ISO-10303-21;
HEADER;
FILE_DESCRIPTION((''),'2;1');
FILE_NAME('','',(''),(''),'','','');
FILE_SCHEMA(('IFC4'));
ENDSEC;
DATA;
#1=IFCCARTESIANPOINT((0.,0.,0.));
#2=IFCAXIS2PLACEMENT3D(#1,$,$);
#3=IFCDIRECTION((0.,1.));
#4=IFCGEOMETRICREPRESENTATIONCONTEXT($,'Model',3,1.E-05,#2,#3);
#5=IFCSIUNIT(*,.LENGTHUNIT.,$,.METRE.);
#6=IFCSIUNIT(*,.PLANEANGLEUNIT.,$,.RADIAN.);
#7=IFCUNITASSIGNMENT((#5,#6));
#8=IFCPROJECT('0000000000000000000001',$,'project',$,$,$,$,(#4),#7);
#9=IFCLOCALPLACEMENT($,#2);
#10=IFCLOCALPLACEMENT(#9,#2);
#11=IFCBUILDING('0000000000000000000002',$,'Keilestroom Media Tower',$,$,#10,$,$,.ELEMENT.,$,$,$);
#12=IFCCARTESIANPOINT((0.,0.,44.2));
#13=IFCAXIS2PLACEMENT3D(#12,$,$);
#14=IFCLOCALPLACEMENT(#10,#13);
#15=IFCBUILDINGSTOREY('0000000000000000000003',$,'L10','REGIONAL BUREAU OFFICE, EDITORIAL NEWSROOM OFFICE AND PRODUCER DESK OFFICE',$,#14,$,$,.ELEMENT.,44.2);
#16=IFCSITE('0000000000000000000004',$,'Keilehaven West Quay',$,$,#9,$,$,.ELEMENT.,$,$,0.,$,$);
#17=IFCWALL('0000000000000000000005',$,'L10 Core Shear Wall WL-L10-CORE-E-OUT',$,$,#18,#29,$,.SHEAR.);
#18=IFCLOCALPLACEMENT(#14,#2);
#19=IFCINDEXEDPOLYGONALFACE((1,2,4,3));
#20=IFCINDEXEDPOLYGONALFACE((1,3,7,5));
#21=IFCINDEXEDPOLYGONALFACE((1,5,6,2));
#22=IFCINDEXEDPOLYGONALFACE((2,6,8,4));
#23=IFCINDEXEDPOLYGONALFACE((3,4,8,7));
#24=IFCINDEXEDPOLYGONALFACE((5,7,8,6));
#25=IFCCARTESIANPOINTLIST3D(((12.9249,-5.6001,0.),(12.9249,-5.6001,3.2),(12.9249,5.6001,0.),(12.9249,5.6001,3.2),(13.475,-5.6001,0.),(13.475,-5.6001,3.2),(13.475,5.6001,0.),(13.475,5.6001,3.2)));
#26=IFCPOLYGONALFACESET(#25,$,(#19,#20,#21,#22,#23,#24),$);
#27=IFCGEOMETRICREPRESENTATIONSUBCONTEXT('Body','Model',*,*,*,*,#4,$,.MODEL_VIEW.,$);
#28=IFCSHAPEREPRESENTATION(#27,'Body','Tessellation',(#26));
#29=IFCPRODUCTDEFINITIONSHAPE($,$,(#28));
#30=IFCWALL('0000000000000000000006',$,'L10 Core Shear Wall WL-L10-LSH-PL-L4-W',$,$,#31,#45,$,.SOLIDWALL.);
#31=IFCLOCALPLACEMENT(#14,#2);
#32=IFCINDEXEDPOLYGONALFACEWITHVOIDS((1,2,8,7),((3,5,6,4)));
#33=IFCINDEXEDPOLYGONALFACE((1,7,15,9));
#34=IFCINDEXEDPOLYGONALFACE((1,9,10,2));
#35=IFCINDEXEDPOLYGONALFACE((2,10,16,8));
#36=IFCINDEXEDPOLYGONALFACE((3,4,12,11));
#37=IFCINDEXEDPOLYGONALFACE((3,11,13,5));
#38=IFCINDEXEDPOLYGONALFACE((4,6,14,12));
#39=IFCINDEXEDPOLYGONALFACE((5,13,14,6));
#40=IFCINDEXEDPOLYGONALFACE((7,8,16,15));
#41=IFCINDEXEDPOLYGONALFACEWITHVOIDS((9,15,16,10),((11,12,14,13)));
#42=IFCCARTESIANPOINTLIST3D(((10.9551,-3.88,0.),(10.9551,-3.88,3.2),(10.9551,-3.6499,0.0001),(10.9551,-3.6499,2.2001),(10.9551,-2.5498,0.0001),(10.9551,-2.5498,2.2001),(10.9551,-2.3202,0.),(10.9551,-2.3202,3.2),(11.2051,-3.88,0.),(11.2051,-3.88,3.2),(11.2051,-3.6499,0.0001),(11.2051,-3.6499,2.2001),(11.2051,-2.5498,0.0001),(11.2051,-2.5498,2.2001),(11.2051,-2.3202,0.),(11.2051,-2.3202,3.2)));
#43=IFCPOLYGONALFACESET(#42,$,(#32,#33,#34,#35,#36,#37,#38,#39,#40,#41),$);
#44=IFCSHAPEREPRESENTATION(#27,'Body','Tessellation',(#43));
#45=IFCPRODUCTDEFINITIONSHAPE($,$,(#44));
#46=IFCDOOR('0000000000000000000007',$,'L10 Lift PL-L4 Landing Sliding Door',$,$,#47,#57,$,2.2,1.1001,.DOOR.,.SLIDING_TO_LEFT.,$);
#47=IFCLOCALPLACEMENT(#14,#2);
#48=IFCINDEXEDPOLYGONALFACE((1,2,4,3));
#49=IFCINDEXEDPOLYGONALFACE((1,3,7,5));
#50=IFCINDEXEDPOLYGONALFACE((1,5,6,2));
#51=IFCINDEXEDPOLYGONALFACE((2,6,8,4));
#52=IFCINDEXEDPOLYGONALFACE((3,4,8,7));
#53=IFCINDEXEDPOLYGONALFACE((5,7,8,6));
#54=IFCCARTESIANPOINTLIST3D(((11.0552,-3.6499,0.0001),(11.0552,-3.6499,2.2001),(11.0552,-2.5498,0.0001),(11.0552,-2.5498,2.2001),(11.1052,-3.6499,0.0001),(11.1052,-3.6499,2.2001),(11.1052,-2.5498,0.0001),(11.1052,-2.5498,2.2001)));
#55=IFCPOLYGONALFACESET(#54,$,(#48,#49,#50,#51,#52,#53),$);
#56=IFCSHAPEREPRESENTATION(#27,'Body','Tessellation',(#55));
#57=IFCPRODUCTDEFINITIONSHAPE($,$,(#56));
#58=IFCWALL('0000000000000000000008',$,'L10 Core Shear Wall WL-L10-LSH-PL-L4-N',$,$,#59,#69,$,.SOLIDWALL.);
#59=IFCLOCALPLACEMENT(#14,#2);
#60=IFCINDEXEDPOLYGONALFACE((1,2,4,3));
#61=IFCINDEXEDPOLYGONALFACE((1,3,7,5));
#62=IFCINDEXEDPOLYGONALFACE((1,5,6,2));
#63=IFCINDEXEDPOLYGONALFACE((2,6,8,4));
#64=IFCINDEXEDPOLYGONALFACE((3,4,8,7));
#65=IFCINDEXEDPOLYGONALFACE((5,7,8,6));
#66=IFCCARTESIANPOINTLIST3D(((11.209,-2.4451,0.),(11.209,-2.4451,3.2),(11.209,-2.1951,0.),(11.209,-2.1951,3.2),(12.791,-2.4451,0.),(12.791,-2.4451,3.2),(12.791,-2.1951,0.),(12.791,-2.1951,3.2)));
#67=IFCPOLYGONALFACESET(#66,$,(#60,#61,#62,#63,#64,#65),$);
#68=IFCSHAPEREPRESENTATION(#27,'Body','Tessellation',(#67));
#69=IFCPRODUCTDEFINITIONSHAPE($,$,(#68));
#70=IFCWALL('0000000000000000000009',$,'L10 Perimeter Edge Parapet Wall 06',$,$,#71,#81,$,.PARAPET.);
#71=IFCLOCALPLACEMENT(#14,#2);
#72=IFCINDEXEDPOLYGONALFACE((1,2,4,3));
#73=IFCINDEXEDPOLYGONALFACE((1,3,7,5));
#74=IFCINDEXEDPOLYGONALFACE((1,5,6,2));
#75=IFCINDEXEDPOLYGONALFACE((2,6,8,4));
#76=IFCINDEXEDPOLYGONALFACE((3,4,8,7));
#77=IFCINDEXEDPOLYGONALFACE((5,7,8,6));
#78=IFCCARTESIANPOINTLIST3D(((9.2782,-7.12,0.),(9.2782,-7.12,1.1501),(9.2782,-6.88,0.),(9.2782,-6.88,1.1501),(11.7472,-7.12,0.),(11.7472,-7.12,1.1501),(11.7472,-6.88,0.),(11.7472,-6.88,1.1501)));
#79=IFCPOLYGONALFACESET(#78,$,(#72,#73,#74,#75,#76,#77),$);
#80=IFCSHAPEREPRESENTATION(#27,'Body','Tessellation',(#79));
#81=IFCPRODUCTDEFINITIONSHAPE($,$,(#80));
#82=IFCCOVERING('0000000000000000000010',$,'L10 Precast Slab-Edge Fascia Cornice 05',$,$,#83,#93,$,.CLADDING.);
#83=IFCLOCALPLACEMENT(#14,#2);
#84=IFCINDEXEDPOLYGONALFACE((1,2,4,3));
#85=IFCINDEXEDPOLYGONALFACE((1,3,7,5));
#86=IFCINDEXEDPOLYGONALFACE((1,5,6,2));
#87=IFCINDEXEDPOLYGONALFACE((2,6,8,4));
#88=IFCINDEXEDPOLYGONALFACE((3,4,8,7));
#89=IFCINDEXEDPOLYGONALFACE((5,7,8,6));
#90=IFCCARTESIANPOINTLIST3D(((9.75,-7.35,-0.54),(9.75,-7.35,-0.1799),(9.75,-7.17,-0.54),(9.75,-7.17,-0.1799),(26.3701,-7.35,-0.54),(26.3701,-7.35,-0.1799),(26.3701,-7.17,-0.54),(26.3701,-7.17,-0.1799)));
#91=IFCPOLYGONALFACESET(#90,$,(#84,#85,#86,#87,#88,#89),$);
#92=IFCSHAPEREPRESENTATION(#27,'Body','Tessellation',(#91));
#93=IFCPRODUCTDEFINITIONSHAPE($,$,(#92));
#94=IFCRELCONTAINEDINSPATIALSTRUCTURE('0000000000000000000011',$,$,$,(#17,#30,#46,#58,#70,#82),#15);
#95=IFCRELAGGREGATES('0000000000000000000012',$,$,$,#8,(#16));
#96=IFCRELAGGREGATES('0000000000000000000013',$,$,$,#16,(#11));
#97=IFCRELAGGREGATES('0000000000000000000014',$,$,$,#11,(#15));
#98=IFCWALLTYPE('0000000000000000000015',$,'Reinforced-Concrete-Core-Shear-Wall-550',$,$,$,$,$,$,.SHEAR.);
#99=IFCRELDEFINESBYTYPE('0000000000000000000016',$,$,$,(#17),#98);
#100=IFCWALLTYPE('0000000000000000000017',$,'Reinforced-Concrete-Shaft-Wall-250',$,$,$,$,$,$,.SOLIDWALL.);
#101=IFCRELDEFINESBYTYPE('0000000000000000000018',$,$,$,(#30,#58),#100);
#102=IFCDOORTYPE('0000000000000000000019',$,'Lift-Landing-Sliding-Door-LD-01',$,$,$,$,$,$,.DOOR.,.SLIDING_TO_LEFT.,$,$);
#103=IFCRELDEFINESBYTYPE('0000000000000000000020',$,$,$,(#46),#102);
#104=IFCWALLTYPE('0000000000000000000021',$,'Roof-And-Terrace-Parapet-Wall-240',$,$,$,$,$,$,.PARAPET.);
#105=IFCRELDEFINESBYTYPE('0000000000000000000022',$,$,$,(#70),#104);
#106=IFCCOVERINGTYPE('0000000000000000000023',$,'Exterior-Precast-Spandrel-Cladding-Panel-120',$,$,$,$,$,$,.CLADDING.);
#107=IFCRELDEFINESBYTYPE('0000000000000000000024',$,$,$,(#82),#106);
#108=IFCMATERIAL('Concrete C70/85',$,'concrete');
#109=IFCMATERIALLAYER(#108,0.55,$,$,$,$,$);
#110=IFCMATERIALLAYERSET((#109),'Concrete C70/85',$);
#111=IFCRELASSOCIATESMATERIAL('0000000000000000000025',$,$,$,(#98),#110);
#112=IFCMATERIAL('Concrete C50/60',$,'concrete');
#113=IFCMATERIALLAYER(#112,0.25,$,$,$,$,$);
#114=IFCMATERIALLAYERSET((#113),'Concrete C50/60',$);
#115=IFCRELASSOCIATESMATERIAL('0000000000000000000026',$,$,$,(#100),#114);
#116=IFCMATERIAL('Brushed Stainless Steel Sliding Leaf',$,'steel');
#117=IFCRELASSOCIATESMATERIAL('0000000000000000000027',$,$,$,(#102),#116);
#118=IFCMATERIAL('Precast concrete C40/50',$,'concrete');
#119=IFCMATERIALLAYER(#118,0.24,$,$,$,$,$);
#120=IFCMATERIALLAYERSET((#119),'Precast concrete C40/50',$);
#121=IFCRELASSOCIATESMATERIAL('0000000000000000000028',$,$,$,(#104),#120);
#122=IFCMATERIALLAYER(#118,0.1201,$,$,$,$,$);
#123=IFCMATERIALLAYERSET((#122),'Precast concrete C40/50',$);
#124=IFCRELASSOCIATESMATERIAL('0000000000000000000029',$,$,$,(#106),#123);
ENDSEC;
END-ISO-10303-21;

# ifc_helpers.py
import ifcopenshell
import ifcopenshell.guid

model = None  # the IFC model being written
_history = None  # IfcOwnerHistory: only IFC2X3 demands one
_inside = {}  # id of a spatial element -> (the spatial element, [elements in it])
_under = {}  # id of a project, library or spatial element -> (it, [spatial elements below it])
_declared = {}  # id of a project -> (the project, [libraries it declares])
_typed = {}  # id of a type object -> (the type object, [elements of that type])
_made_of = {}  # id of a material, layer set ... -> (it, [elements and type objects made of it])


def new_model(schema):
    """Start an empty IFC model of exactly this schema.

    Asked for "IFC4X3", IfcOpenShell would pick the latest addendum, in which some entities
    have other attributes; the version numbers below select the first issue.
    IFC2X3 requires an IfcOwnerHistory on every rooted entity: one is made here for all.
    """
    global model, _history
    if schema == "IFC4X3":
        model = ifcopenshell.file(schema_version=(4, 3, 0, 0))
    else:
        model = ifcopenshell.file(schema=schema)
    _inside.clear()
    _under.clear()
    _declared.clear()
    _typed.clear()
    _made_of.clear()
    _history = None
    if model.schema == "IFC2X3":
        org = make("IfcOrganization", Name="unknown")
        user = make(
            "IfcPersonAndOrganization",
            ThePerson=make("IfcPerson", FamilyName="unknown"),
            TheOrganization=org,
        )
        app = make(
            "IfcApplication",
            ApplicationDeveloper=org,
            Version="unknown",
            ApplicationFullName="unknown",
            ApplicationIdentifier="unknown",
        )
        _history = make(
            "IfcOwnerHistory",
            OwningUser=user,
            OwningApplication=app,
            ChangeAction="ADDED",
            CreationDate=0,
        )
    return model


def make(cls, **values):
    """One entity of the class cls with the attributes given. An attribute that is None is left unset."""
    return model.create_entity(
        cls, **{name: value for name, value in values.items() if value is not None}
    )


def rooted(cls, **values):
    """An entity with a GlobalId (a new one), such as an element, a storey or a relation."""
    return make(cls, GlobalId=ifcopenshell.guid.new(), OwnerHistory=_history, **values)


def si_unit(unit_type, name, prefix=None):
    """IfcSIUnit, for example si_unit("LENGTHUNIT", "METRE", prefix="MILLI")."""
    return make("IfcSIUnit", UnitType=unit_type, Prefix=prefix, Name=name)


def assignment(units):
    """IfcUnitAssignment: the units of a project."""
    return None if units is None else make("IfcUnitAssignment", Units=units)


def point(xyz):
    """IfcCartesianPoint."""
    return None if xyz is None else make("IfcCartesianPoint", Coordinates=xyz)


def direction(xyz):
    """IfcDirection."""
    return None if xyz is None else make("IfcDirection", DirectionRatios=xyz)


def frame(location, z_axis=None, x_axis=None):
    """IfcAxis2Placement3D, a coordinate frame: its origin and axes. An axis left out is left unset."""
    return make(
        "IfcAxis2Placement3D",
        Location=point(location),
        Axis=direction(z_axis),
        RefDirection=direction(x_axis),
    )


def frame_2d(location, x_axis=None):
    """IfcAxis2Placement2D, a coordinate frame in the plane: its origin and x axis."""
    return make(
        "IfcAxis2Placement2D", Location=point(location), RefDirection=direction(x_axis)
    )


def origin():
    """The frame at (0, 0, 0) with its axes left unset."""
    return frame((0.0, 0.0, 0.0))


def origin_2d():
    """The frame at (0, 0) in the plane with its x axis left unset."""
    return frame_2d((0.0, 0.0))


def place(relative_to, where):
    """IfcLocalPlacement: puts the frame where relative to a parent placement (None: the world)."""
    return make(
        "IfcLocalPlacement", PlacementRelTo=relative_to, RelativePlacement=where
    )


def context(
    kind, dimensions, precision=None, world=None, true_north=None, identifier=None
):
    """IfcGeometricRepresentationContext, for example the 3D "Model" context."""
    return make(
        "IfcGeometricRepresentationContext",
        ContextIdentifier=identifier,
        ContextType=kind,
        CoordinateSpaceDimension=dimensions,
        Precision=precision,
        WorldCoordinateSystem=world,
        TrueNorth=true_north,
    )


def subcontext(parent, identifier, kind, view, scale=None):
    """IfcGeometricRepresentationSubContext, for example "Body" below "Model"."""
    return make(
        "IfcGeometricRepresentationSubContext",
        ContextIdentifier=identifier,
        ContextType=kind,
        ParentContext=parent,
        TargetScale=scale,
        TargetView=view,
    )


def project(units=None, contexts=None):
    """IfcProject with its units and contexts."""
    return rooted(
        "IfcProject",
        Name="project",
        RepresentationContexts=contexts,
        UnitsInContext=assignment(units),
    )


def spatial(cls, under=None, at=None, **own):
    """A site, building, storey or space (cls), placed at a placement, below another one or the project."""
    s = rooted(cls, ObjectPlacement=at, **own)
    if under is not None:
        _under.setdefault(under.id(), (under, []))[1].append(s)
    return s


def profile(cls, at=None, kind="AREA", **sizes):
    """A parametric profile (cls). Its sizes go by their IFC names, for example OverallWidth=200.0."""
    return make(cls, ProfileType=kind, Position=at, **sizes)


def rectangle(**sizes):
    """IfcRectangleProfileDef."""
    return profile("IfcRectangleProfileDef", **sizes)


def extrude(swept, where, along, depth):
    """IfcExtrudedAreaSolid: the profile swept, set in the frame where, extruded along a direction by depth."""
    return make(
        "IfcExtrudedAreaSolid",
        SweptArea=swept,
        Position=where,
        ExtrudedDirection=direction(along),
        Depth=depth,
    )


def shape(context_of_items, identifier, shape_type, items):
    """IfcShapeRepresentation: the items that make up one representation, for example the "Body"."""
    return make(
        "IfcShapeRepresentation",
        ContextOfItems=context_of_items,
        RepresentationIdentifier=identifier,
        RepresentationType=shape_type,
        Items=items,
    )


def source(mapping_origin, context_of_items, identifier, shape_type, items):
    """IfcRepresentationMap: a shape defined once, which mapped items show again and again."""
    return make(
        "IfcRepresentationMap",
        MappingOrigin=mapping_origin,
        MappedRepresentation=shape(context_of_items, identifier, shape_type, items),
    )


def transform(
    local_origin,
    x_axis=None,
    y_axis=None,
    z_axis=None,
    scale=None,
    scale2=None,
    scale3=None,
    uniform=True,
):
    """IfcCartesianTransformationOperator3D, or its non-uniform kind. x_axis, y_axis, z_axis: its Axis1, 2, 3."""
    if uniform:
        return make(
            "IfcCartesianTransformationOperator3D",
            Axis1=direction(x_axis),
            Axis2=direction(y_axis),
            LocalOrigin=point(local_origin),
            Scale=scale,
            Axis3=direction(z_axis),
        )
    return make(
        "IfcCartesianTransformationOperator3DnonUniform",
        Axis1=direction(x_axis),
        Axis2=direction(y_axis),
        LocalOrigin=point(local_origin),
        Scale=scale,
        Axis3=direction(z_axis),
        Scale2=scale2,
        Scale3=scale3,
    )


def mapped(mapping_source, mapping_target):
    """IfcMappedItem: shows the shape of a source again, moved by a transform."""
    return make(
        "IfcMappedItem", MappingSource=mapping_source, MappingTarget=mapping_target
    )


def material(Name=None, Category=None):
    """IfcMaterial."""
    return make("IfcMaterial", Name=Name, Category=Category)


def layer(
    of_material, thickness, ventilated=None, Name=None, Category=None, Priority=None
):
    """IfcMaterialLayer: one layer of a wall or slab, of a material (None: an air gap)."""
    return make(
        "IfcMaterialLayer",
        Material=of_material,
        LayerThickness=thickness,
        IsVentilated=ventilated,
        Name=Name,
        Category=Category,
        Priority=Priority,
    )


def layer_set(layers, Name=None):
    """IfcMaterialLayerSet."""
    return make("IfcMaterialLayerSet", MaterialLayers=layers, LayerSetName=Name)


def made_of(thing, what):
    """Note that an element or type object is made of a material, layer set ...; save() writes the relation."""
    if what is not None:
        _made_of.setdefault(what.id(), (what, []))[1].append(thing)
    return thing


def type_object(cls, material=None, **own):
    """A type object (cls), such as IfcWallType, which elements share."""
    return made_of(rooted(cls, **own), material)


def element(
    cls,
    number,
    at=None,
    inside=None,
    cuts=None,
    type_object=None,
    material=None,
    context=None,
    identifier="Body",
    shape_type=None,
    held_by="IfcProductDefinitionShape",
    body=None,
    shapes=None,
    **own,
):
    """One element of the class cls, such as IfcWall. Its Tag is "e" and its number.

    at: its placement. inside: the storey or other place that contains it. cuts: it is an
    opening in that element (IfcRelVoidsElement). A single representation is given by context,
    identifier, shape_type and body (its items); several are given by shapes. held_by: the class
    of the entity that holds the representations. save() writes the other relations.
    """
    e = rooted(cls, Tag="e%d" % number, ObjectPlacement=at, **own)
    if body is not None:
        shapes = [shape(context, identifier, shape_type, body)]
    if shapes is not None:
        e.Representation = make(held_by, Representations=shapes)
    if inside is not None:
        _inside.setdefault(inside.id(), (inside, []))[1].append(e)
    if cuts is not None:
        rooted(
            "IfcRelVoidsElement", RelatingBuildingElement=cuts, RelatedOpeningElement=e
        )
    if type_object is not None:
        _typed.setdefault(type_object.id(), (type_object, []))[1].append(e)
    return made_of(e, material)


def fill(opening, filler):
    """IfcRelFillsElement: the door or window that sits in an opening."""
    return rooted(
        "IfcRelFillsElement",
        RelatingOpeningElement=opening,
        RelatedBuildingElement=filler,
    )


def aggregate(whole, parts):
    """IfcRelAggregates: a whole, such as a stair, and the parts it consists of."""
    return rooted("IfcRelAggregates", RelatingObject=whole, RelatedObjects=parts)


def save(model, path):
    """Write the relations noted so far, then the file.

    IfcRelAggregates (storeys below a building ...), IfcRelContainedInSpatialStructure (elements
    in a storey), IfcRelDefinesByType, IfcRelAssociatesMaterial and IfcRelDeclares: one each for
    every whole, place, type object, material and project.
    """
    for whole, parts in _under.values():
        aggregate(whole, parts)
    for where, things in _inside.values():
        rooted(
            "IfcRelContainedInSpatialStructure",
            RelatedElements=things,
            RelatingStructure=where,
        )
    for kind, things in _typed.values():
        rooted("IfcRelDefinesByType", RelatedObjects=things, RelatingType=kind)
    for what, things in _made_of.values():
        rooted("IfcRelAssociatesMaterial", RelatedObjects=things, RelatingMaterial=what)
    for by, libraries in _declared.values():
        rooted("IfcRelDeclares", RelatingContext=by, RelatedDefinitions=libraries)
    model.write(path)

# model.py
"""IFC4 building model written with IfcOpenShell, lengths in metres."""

from ifc_helpers import new_model, si_unit, direction, frame, frame_2d, origin, origin_2d, place, context, subcontext, project, spatial, rectangle, extrude, source, transform, mapped, material, layer, layer_set, type_object, element, fill, save


model = new_model("IFC4")

# Units and contexts
model_context = context("Model", 3, precision=1e-05, world=origin(), true_north=direction((0.0, 1.0)))
body_context = subcontext(model_context, "Body", "Model", "MODEL_VIEW")
ifc_project = project(units=[si_unit("LENGTHUNIT", "METRE"), si_unit("PLANEANGLEUNIT", "RADIAN")], contexts=[model_context])

# Site, building, storey
site_placement = place(None, origin())
site = spatial("IfcSite", under=ifc_project, at=site_placement, Name="Keilehaven West Quay", CompositionType="ELEMENT", RefElevation=0.0)
building_placement = place(site_placement, origin())
building = spatial("IfcBuilding", under=site, at=building_placement, Name="Keilestroom Media Tower", CompositionType="ELEMENT")
storey_placement = place(building_placement, frame((0.0, 0.0, 44.2)))
storey = spatial("IfcBuildingStorey", under=building, at=storey_placement, Name="L10", Description="REGIONAL BUREAU OFFICE, EDITORIAL NEWSROOM OFFICE AND PRODUCER DESK OFFICE", CompositionType="ELEMENT", Elevation=44.2)

# Shared definitions
ifc_material_1 = material(Name="Precast concrete C40/50", Category="concrete")

# Wall
ifc_material_2 = material(Name="Concrete C70/85", Category="concrete")
ifc_layer_1 = layer(ifc_material_2, 0.55)
ifc_layer_set_1 = layer_set([ifc_layer_1], Name="Concrete C70/85")
wall_type_1 = type_object("IfcWallType", Name="Reinforced-Concrete-Core-Shear-Wall-550", PredefinedType="SHEAR", material=ifc_layer_set_1)
wall_1_placement = place(storey_placement, frame((13.2, -5.6001, 0.0), z_axis=(0.0, 0.0, 1.0), x_axis=(0.0, 1.0, 0.0)))
element("IfcWall", 1, at=wall_1_placement, inside=storey, type_object=wall_type_1, Name="L10 Core Shear Wall WL-L10-CORE-E-OUT", PredefinedType="SHEAR", context=body_context, shape_type="SweptSolid", body=[
    extrude(rectangle(XDim=11.2002, YDim=0.55, at=frame_2d((5.6001, 0.0))), origin(), (0.0, 0.0, 1.0), 3.2),
])

# Wall, opening, door
ifc_material_3 = material(Name="Concrete C50/60", Category="concrete")
ifc_layer_2 = layer(ifc_material_3, 0.25)
ifc_layer_set_2 = layer_set([ifc_layer_2], Name="Concrete C50/60")
wall_type_2 = type_object("IfcWallType", Name="Reinforced-Concrete-Shaft-Wall-250", PredefinedType="SOLIDWALL", material=ifc_layer_set_2)
wall_2_placement = place(storey_placement, frame((11.0801, -3.8799, 0.0), z_axis=(0.0, 0.0, 1.0), x_axis=(0.0, 1.0, 0.0)))
wall_2 = element("IfcWall", 2, at=wall_2_placement, inside=storey, type_object=wall_type_2, Name="L10 Core Shear Wall WL-L10-LSH-PL-L4-W", PredefinedType="SOLIDWALL", context=body_context, shape_type="SweptSolid", body=[
    extrude(rectangle(XDim=1.5598, YDim=0.25, at=frame_2d((0.7798, 0.0))), origin(), (0.0, 0.0, 1.0), 3.2),
])
opening_1_placement = place(wall_2_placement, frame((0.23, 0.0, 0.0)))
opening_1 = element("IfcOpeningElement", 3, at=opening_1_placement, cuts=wall_2, PredefinedType="OPENING", context=body_context, shape_type="SweptSolid", body=[
    extrude(rectangle(XDim=1.1001, YDim=2.2, at=frame_2d((0.55, 1.1001))), frame((0.0, 0.135, 0.0), z_axis=(0.0, -1.0, 0.0), x_axis=(1.0, 0.0, 0.0)), (0.0, 0.0, 1.0), 0.27),
])
ifc_material_4 = material(Name="Brushed Stainless Steel Sliding Leaf", Category="steel")
door_type_1 = type_object("IfcDoorType", Name="Lift-Landing-Sliding-Door-LD-01", OperationType="SLIDING_TO_LEFT", PredefinedType="DOOR", material=ifc_material_4)
shared_shape_1 = source(origin(), body_context, "Body", "SweptSolid", [
    extrude(rectangle(XDim=1.1001, YDim=2.2, at=frame_2d((0.55, 1.1001))), frame((0.0, 0.0249, 0.0), z_axis=(0.0, -1.0, 0.0), x_axis=(1.0, 0.0, 0.0)), (0.0, 0.0, 1.0), 0.05),
])
door_1_placement = place(opening_1_placement, origin())
door_1 = element("IfcDoor", 4, at=door_1_placement, inside=storey, type_object=door_type_1, Name="L10 Lift PL-L4 Landing Sliding Door", OperationType="SLIDING_TO_LEFT", OverallHeight=2.2, OverallWidth=1.1001, PredefinedType="DOOR", context=body_context, shape_type="MappedRepresentation", body=[
    mapped(shared_shape_1, transform((0.0, 0.0, 0.0), x_axis=(1.0, 0.0, 0.0), y_axis=(0.0, 1.0, 0.0), z_axis=(0.0, 0.0, 1.0), scale=1.0)),
])
fill(opening_1, door_1)

# Walls
wall_3_placement = place(storey_placement, frame((11.209, -2.3201, 0.0), z_axis=(0.0, 0.0, 1.0), x_axis=(1.0, 0.0, 0.0)))
element("IfcWall", 5, at=wall_3_placement, inside=storey, type_object=wall_type_2, Name="L10 Core Shear Wall WL-L10-LSH-PL-L4-N", PredefinedType="SOLIDWALL", context=body_context, shape_type="SweptSolid", body=[
    extrude(rectangle(XDim=1.582, YDim=0.25, at=frame_2d((0.791, 0.0))), origin(), (0.0, 0.0, 1.0), 3.2),
])
ifc_layer_3 = layer(ifc_material_1, 0.24)
ifc_layer_set_3 = layer_set([ifc_layer_3], Name="Precast concrete C40/50")
wall_type_3 = type_object("IfcWallType", Name="Roof-And-Terrace-Parapet-Wall-240", PredefinedType="PARAPET", material=ifc_layer_set_3)
wall_4_placement = place(storey_placement, frame((11.7471, -7.0, 0.0), z_axis=(0.0, 0.0, 1.0), x_axis=(-1.0, 0.0, 0.0)))
element("IfcWall", 6, at=wall_4_placement, inside=storey, type_object=wall_type_3, Name="L10 Perimeter Edge Parapet Wall 06", PredefinedType="PARAPET", context=body_context, shape_type="SweptSolid", body=[
    extrude(rectangle(XDim=2.469, YDim=0.24, at=frame_2d((1.2344, 0.0))), origin(), (0.0, 0.0, 1.0), 1.1501),
])

# Covering
ifc_layer_4 = layer(ifc_material_1, 0.1201)
ifc_layer_set_4 = layer_set([ifc_layer_4], Name="Precast concrete C40/50")
covering_type = type_object("IfcCoveringType", Name="Exterior-Precast-Spandrel-Cladding-Panel-120", PredefinedType="CLADDING", material=ifc_layer_set_4)
shared_shape_2 = source(origin(), body_context, "Body", "SweptSolid", [
    extrude(rectangle(XDim=16.6201, YDim=0.1799, at=origin_2d()), origin(), (0.0, 0.0, 1.0), 0.3601),
])
covering_placement = place(storey_placement, frame((18.0601, -7.26, -0.54), z_axis=(0.0, 0.0, 1.0), x_axis=(-1.0, 0.0, 0.0)))
element("IfcCovering", 7, at=covering_placement, inside=storey, type_object=covering_type, Name="L10 Precast Slab-Edge Fascia Cornice 05", PredefinedType="CLADDING", context=body_context, shape_type="MappedRepresentation", body=[
    mapped(shared_shape_2, transform((0.0, 0.0, 0.0), x_axis=(1.0, 0.0, 0.0), y_axis=(0.0, 1.0, 0.0), z_axis=(0.0, 0.0, 1.0), scale=1.0)),
])

save(model, "model.ifc")
